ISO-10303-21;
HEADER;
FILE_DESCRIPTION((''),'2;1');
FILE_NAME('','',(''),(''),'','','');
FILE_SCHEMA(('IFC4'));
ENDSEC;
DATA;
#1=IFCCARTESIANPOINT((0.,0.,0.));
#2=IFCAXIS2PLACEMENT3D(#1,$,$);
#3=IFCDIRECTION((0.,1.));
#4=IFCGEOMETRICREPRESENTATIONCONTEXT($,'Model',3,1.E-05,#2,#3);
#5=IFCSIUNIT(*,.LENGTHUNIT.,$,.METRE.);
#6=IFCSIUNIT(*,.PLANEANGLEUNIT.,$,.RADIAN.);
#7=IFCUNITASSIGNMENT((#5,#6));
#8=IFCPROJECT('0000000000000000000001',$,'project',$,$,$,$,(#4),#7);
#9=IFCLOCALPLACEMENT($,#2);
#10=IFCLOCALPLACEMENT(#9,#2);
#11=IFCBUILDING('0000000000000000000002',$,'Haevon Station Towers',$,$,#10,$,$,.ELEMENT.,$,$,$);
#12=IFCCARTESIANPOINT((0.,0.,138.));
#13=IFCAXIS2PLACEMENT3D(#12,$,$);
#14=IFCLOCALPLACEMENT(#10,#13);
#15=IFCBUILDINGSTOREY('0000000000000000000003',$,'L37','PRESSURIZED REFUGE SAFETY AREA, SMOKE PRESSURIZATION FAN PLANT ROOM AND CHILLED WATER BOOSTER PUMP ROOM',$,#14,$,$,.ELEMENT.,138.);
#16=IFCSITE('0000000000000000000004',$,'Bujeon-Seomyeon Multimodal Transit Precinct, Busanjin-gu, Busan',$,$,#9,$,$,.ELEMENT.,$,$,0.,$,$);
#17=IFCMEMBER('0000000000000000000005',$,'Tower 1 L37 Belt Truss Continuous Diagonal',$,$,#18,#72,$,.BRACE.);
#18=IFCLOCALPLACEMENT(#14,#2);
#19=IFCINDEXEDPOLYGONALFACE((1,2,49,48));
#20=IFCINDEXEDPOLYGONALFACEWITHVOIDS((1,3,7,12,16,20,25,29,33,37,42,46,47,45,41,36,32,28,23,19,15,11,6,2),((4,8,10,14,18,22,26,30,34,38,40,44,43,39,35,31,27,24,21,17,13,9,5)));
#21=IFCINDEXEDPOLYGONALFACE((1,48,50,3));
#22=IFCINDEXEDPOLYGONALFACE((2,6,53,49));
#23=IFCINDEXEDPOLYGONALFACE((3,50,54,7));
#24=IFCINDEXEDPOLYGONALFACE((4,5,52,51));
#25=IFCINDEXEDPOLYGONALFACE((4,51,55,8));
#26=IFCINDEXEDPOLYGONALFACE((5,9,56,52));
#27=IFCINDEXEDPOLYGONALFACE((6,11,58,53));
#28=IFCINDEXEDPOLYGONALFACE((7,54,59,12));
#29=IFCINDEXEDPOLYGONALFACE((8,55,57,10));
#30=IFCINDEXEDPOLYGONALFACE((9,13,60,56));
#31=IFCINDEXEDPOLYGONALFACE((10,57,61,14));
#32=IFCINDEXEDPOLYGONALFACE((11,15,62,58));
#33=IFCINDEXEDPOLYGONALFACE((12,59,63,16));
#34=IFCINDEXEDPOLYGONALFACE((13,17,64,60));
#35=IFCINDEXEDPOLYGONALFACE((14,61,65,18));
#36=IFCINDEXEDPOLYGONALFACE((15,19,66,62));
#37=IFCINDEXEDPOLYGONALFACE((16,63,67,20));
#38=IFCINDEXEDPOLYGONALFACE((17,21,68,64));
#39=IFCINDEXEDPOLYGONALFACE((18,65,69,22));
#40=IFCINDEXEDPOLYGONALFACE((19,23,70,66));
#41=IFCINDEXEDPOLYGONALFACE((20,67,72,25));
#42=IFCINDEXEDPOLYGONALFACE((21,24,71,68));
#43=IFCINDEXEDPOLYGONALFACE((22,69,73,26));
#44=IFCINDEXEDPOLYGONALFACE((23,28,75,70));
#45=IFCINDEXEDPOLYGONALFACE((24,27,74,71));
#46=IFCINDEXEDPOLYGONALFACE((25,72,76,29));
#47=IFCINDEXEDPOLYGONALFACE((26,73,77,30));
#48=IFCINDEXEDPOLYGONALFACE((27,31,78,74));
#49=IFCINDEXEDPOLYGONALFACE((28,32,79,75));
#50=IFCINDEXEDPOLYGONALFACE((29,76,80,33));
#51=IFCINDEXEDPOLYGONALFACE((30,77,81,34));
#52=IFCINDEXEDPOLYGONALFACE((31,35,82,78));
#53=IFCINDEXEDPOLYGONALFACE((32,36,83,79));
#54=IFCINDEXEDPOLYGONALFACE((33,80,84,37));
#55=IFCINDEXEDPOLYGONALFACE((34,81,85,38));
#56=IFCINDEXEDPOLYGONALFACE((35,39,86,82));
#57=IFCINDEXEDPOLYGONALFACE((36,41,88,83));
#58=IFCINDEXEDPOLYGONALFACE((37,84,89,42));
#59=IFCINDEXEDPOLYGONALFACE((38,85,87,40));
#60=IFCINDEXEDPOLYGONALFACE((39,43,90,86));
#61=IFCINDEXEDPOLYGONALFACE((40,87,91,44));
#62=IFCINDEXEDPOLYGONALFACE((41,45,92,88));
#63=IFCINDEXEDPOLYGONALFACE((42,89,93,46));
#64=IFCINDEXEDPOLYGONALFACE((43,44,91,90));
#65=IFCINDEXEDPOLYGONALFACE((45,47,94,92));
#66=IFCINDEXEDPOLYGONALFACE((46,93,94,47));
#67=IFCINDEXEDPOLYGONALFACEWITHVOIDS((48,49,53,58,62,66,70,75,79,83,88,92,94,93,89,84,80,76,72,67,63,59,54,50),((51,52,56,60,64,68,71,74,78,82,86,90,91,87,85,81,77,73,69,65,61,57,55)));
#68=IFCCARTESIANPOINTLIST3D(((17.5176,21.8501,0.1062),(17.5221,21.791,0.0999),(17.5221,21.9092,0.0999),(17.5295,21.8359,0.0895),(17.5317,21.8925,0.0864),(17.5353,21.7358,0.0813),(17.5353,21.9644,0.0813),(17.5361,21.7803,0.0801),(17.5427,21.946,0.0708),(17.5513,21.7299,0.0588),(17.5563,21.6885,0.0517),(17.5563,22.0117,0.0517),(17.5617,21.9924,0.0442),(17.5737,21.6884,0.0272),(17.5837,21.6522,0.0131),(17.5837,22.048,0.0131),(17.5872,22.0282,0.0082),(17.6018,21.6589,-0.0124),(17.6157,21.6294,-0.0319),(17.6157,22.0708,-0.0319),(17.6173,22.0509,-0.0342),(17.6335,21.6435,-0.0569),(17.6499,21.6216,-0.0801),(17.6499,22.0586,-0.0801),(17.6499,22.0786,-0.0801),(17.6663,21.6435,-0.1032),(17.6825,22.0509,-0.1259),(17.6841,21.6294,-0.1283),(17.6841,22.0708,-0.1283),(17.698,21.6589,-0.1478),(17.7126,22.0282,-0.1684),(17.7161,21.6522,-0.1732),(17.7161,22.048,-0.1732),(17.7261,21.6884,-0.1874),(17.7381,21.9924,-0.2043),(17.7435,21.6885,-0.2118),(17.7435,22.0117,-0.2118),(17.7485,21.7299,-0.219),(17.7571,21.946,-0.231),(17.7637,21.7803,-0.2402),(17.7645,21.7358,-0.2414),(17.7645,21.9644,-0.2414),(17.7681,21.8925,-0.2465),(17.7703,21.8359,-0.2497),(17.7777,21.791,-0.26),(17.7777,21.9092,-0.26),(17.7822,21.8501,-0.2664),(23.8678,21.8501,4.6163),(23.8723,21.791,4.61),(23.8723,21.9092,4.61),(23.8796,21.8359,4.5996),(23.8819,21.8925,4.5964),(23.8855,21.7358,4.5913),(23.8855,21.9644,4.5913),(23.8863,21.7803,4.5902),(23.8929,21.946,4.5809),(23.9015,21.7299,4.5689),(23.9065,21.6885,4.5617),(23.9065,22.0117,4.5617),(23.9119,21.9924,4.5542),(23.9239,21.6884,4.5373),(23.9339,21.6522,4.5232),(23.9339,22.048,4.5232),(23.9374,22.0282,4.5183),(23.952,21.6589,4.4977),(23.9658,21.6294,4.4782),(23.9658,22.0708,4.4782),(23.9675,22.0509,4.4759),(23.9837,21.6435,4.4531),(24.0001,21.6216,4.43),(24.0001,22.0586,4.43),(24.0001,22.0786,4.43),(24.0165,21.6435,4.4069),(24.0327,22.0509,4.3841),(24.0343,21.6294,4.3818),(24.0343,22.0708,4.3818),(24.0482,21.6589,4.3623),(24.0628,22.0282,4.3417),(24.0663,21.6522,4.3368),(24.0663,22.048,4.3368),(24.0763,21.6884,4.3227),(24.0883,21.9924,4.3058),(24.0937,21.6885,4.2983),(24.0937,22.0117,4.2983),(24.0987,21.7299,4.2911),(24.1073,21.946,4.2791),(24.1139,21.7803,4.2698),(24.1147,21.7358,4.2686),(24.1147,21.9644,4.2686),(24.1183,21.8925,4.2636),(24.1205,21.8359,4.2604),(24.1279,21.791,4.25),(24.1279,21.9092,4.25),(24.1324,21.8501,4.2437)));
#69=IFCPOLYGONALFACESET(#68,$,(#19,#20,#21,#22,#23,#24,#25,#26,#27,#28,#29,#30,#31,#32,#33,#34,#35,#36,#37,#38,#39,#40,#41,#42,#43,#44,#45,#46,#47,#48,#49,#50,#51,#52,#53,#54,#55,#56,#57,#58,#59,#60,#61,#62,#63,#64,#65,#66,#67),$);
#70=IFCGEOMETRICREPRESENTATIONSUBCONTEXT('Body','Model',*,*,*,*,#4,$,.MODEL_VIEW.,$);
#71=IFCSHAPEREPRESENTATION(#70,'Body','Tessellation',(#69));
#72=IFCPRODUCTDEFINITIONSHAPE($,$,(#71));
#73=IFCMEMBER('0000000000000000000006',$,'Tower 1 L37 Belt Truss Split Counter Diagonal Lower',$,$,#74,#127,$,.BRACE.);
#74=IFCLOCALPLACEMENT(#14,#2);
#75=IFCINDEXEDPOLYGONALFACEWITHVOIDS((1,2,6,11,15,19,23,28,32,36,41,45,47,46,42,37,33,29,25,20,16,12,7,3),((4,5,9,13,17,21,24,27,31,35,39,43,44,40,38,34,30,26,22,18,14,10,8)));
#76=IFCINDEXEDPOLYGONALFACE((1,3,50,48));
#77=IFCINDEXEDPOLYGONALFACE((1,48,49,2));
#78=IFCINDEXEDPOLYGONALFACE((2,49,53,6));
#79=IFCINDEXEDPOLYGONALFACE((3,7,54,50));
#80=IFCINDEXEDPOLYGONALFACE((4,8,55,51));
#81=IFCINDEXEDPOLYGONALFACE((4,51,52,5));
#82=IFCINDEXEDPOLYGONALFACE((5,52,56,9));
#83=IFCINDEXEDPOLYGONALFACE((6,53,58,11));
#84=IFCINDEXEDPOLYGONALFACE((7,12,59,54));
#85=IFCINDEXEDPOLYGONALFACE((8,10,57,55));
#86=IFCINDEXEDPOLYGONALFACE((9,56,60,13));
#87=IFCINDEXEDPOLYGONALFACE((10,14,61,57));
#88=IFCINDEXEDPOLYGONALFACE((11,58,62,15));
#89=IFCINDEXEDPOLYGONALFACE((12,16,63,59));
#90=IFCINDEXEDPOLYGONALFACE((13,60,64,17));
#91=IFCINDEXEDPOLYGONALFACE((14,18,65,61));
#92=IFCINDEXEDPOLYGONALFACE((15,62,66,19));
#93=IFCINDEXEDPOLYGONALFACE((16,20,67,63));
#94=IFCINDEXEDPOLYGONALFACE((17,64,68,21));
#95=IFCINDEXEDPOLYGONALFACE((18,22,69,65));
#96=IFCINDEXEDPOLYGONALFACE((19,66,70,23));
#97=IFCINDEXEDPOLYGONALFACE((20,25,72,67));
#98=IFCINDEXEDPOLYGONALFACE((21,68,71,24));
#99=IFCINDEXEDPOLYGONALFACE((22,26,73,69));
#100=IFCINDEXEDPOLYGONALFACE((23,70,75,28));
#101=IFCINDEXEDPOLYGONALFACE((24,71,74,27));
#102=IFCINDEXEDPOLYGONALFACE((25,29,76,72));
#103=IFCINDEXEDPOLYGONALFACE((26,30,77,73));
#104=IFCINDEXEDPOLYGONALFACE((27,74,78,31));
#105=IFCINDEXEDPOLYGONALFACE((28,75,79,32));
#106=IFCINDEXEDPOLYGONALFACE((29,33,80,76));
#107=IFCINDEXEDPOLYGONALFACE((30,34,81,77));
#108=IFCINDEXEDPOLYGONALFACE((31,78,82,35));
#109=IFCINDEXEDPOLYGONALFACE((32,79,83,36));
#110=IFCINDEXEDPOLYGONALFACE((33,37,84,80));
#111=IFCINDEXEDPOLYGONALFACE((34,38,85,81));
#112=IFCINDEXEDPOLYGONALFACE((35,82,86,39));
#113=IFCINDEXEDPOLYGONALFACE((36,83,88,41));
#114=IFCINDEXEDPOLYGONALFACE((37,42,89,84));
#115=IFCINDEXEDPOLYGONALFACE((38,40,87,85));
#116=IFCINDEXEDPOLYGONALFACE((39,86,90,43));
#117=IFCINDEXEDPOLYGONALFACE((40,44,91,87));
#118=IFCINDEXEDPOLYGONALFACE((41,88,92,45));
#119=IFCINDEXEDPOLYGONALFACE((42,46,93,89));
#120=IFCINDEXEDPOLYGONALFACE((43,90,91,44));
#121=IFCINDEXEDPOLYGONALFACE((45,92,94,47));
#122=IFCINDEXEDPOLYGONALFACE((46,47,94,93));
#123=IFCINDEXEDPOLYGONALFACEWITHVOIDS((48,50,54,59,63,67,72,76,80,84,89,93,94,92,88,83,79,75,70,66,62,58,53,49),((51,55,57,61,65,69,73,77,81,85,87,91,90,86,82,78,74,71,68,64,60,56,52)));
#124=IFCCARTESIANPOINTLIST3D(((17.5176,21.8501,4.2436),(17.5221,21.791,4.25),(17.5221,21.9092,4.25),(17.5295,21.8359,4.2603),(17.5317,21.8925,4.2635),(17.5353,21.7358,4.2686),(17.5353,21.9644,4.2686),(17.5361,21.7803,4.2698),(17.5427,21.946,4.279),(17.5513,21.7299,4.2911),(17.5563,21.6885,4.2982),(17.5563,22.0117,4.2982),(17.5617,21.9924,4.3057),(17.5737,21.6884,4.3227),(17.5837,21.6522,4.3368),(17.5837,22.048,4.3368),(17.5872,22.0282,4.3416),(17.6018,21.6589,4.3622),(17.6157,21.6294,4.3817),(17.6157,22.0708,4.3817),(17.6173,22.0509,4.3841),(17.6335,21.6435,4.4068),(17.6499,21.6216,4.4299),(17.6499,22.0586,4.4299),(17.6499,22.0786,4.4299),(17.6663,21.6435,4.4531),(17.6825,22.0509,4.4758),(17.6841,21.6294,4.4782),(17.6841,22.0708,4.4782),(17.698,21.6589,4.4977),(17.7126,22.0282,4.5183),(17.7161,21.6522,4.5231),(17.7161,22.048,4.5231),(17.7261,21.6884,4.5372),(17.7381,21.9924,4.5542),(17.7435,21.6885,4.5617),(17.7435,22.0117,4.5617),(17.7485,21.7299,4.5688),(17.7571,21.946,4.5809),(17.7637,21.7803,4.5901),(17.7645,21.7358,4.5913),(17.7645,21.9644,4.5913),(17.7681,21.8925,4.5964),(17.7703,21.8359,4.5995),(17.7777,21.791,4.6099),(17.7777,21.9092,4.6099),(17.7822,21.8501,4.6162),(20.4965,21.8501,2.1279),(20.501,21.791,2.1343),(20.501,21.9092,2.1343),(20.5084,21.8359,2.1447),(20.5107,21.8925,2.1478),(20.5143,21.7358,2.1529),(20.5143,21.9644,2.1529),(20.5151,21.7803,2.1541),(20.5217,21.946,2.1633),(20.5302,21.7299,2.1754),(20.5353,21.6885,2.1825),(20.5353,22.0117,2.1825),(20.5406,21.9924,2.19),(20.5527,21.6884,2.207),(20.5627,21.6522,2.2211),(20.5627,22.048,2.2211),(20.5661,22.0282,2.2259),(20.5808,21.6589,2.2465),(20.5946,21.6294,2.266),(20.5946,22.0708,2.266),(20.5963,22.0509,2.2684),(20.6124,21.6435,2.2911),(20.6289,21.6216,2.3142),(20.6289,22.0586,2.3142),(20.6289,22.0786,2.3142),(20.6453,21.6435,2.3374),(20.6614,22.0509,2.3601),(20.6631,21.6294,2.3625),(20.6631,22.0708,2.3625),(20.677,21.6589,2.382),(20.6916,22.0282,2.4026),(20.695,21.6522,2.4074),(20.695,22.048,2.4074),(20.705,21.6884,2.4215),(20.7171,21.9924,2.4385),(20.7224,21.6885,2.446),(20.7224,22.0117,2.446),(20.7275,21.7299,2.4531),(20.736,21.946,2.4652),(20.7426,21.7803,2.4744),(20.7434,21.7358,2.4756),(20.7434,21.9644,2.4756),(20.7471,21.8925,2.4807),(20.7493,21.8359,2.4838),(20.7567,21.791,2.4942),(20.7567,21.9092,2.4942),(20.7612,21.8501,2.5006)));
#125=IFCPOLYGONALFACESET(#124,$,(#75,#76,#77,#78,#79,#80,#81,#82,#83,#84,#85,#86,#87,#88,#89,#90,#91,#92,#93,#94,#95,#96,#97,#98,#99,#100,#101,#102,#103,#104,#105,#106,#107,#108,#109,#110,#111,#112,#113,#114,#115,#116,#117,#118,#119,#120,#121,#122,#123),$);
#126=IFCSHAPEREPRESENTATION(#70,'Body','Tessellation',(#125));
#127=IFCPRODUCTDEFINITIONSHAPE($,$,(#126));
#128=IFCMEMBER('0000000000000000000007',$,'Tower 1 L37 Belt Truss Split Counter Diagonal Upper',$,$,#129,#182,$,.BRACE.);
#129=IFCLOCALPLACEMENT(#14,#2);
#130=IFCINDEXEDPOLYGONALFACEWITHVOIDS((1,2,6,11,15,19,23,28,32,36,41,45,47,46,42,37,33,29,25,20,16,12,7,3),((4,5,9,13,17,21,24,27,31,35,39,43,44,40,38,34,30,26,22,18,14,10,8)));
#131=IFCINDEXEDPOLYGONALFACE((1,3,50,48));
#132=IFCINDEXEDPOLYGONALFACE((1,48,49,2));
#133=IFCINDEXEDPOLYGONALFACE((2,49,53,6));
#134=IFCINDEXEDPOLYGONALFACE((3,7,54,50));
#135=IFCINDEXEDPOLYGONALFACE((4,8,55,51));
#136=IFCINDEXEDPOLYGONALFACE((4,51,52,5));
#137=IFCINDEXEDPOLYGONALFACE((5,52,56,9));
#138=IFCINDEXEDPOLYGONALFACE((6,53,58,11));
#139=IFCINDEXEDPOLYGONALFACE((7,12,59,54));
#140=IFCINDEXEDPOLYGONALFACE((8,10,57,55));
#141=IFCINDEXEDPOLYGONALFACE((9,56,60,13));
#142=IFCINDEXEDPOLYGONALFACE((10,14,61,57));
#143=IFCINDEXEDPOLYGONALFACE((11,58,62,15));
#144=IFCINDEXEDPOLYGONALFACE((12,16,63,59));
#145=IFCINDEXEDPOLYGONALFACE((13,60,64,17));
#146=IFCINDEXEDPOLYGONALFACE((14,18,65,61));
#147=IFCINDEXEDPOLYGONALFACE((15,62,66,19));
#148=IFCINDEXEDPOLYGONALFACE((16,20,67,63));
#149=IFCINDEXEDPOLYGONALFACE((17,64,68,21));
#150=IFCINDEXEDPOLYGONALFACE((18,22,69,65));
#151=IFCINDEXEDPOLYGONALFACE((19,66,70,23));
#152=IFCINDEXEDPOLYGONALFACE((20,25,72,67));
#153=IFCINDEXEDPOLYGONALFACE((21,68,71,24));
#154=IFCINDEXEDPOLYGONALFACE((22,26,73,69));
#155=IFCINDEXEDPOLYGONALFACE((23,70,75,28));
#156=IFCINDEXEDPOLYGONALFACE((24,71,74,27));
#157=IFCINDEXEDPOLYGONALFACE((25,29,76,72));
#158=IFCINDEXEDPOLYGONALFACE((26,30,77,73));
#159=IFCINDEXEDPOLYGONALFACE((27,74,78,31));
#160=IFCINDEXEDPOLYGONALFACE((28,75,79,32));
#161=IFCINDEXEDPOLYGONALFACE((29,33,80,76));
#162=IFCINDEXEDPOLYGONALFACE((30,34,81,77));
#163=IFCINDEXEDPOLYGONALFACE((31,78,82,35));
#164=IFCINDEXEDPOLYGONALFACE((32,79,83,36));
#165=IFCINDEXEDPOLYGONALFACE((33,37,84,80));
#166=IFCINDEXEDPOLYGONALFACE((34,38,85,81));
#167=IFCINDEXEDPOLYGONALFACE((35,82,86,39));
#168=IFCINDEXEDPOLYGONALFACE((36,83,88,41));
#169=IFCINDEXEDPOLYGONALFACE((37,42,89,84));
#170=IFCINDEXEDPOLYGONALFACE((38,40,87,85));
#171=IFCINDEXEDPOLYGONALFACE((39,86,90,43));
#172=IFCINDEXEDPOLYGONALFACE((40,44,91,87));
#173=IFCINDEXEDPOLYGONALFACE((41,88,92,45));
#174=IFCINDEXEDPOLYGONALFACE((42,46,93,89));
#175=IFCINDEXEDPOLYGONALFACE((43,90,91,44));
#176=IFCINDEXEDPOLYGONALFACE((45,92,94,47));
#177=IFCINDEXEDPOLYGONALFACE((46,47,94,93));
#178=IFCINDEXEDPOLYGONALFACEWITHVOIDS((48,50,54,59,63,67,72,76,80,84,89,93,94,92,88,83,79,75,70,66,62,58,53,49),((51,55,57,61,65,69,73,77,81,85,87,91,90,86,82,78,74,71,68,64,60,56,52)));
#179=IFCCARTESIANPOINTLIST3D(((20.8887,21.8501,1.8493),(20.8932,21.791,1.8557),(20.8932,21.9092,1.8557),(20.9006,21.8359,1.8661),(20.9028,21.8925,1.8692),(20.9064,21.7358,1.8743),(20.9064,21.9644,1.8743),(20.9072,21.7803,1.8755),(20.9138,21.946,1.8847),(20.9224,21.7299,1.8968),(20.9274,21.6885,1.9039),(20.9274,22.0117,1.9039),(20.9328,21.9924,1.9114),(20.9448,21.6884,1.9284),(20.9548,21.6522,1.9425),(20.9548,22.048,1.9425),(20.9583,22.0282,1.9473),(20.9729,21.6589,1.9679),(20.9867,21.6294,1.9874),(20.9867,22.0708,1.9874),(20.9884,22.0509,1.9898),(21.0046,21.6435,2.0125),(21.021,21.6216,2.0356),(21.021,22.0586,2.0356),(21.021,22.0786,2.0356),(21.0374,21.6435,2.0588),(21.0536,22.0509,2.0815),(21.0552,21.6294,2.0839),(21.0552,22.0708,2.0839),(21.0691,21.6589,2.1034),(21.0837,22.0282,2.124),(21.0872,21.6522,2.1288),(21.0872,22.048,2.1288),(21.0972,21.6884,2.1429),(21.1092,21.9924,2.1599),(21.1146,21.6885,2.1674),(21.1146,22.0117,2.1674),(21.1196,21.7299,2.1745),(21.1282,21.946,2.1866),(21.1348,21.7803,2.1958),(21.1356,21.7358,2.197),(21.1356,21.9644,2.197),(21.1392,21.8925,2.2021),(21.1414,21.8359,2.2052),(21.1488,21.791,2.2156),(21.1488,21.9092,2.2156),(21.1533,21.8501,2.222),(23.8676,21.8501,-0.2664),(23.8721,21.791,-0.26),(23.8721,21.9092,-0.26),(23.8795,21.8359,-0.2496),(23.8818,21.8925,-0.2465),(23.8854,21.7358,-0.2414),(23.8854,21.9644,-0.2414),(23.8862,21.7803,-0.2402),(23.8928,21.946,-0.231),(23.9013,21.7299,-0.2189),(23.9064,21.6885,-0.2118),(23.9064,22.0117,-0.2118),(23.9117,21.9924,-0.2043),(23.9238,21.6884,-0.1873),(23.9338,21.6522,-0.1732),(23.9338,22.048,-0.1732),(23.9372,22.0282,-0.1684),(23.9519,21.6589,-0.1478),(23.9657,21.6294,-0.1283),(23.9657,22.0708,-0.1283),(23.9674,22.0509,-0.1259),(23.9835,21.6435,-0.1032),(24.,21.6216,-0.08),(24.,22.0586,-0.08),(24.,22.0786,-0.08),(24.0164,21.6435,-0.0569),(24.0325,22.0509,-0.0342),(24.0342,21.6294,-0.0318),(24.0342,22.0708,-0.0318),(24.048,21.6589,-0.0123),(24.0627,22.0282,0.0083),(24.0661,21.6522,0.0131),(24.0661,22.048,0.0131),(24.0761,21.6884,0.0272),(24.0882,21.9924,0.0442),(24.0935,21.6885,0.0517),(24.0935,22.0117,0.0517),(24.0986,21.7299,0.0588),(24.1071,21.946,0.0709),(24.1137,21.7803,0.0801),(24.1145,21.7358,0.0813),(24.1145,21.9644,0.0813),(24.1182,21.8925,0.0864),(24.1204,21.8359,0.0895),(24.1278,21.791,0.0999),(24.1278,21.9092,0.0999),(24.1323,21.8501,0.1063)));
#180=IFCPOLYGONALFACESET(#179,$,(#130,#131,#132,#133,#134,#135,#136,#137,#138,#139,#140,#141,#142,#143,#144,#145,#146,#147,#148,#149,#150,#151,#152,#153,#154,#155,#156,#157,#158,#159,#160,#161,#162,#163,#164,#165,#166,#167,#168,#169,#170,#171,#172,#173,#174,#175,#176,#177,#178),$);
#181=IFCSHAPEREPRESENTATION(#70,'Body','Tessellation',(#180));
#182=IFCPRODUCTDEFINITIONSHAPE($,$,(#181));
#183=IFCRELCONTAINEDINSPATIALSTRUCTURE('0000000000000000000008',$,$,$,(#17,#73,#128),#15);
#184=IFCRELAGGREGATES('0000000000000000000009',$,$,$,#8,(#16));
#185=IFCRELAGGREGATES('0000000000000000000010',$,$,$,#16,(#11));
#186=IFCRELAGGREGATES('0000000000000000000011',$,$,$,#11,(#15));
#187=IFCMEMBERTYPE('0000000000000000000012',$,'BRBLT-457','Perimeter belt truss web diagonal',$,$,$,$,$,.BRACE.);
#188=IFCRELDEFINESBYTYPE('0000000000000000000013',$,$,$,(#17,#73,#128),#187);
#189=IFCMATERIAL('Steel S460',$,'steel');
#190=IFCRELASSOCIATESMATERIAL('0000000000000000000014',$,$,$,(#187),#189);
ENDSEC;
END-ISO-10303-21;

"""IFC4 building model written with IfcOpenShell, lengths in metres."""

from ifc_helpers import new_model, si_unit, direction, frame, origin, origin_2d, place, context, subcontext, project, spatial, hollow_circle, extrude, material, material_profile, profile_set, type_object, element, save


model = new_model("IFC4")

# Units and contexts
model_context = context("Model", 3, precision=1e-05, world=origin(), true_north=direction((0.0, 1.0)))
body_context = subcontext(model_context, "Body", "Model", "MODEL_VIEW")
ifc_project = project(units=[si_unit("LENGTHUNIT", "METRE"), si_unit("PLANEANGLEUNIT", "RADIAN")], contexts=[model_context])

# Site, building, storey
site_placement = place(None, origin())
site = spatial("IfcSite", under=ifc_project, at=site_placement, Name="Bujeon-Seomyeon Multimodal Transit Precinct, Busanjin-gu, Busan", CompositionType="ELEMENT", RefElevation=0.0)
building_placement = place(site_placement, origin())
building = spatial("IfcBuilding", under=site, at=building_placement, Name="Haevon Station Towers", CompositionType="ELEMENT")
storey_placement = place(building_placement, frame((0.0, 0.0, 138.0)))
storey = spatial("IfcBuildingStorey", under=building, at=storey_placement, Name="L37", Description="PRESSURIZED REFUGE SAFETY AREA, SMOKE PRESSURIZATION FAN PLANT ROOM AND CHILLED WATER BOOSTER PUMP ROOM", CompositionType="ELEMENT", Elevation=138.0)

# Shared definitions
ifc_material_1 = material(Name="Steel S460", Category="steel")

# Members
ifc_material_profile_1 = material_profile(ifc_material_1, hollow_circle(Radius=0.2285, WallThickness=0.02, at=origin_2d()), Name="CHS-457x20")
ifc_profile_set_1 = profile_set([ifc_material_profile_1], Name="Steel S460")
member_type_1 = type_object("IfcMemberType", Name="BRBLT-457", Description="Perimeter belt truss web diagonal", PredefinedType="BRACE", material=ifc_profile_set_1)
member_1_placement = place(storey_placement, frame((17.6499, 21.8501, -0.0801), z_axis=(0.815296, 0.0, 0.579045), x_axis=(0.0, 1.0, 0.0)))
element("IfcMember", 1, at=member_1_placement, inside=storey, type_object=member_type_1, Name="Tower 1 L37 Belt Truss Continuous Diagonal", PredefinedType="BRACE", context=body_context, shape_type="SweptSolid", body=[
    extrude(hollow_circle(Radius=0.2285, WallThickness=0.02, at=origin_2d()), origin(), (0.0, 0.0, 1.0), 7.7888),
])
for number, where, z_axis, x_axis, name in (
    (2, (17.6499, 21.8501, 4.4299), (0.815302, 0.0, -0.579037), (0.0, 1.0, 0.0), "Tower 1 L37 Belt Truss Split Counter Diagonal Lower"),
    (3, (21.021, 21.8501, 2.0356), (0.815302, 0.0, -0.579037), (0.0, 1.0, 0.0), "Tower 1 L37 Belt Truss Split Counter Diagonal Upper"),
):
    element("IfcMember", number, at=place(storey_placement, frame(where, z_axis=z_axis, x_axis=x_axis)), inside=storey, type_object=member_type_1, Name=name, PredefinedType="BRACE", context=body_context, shape_type="SweptSolid", body=[
        extrude(hollow_circle(Radius=0.2285, WallThickness=0.02, at=origin_2d()), origin(), (0.0, 0.0, 1.0), 3.6538),
    ])

save(model, "model.ifc")
